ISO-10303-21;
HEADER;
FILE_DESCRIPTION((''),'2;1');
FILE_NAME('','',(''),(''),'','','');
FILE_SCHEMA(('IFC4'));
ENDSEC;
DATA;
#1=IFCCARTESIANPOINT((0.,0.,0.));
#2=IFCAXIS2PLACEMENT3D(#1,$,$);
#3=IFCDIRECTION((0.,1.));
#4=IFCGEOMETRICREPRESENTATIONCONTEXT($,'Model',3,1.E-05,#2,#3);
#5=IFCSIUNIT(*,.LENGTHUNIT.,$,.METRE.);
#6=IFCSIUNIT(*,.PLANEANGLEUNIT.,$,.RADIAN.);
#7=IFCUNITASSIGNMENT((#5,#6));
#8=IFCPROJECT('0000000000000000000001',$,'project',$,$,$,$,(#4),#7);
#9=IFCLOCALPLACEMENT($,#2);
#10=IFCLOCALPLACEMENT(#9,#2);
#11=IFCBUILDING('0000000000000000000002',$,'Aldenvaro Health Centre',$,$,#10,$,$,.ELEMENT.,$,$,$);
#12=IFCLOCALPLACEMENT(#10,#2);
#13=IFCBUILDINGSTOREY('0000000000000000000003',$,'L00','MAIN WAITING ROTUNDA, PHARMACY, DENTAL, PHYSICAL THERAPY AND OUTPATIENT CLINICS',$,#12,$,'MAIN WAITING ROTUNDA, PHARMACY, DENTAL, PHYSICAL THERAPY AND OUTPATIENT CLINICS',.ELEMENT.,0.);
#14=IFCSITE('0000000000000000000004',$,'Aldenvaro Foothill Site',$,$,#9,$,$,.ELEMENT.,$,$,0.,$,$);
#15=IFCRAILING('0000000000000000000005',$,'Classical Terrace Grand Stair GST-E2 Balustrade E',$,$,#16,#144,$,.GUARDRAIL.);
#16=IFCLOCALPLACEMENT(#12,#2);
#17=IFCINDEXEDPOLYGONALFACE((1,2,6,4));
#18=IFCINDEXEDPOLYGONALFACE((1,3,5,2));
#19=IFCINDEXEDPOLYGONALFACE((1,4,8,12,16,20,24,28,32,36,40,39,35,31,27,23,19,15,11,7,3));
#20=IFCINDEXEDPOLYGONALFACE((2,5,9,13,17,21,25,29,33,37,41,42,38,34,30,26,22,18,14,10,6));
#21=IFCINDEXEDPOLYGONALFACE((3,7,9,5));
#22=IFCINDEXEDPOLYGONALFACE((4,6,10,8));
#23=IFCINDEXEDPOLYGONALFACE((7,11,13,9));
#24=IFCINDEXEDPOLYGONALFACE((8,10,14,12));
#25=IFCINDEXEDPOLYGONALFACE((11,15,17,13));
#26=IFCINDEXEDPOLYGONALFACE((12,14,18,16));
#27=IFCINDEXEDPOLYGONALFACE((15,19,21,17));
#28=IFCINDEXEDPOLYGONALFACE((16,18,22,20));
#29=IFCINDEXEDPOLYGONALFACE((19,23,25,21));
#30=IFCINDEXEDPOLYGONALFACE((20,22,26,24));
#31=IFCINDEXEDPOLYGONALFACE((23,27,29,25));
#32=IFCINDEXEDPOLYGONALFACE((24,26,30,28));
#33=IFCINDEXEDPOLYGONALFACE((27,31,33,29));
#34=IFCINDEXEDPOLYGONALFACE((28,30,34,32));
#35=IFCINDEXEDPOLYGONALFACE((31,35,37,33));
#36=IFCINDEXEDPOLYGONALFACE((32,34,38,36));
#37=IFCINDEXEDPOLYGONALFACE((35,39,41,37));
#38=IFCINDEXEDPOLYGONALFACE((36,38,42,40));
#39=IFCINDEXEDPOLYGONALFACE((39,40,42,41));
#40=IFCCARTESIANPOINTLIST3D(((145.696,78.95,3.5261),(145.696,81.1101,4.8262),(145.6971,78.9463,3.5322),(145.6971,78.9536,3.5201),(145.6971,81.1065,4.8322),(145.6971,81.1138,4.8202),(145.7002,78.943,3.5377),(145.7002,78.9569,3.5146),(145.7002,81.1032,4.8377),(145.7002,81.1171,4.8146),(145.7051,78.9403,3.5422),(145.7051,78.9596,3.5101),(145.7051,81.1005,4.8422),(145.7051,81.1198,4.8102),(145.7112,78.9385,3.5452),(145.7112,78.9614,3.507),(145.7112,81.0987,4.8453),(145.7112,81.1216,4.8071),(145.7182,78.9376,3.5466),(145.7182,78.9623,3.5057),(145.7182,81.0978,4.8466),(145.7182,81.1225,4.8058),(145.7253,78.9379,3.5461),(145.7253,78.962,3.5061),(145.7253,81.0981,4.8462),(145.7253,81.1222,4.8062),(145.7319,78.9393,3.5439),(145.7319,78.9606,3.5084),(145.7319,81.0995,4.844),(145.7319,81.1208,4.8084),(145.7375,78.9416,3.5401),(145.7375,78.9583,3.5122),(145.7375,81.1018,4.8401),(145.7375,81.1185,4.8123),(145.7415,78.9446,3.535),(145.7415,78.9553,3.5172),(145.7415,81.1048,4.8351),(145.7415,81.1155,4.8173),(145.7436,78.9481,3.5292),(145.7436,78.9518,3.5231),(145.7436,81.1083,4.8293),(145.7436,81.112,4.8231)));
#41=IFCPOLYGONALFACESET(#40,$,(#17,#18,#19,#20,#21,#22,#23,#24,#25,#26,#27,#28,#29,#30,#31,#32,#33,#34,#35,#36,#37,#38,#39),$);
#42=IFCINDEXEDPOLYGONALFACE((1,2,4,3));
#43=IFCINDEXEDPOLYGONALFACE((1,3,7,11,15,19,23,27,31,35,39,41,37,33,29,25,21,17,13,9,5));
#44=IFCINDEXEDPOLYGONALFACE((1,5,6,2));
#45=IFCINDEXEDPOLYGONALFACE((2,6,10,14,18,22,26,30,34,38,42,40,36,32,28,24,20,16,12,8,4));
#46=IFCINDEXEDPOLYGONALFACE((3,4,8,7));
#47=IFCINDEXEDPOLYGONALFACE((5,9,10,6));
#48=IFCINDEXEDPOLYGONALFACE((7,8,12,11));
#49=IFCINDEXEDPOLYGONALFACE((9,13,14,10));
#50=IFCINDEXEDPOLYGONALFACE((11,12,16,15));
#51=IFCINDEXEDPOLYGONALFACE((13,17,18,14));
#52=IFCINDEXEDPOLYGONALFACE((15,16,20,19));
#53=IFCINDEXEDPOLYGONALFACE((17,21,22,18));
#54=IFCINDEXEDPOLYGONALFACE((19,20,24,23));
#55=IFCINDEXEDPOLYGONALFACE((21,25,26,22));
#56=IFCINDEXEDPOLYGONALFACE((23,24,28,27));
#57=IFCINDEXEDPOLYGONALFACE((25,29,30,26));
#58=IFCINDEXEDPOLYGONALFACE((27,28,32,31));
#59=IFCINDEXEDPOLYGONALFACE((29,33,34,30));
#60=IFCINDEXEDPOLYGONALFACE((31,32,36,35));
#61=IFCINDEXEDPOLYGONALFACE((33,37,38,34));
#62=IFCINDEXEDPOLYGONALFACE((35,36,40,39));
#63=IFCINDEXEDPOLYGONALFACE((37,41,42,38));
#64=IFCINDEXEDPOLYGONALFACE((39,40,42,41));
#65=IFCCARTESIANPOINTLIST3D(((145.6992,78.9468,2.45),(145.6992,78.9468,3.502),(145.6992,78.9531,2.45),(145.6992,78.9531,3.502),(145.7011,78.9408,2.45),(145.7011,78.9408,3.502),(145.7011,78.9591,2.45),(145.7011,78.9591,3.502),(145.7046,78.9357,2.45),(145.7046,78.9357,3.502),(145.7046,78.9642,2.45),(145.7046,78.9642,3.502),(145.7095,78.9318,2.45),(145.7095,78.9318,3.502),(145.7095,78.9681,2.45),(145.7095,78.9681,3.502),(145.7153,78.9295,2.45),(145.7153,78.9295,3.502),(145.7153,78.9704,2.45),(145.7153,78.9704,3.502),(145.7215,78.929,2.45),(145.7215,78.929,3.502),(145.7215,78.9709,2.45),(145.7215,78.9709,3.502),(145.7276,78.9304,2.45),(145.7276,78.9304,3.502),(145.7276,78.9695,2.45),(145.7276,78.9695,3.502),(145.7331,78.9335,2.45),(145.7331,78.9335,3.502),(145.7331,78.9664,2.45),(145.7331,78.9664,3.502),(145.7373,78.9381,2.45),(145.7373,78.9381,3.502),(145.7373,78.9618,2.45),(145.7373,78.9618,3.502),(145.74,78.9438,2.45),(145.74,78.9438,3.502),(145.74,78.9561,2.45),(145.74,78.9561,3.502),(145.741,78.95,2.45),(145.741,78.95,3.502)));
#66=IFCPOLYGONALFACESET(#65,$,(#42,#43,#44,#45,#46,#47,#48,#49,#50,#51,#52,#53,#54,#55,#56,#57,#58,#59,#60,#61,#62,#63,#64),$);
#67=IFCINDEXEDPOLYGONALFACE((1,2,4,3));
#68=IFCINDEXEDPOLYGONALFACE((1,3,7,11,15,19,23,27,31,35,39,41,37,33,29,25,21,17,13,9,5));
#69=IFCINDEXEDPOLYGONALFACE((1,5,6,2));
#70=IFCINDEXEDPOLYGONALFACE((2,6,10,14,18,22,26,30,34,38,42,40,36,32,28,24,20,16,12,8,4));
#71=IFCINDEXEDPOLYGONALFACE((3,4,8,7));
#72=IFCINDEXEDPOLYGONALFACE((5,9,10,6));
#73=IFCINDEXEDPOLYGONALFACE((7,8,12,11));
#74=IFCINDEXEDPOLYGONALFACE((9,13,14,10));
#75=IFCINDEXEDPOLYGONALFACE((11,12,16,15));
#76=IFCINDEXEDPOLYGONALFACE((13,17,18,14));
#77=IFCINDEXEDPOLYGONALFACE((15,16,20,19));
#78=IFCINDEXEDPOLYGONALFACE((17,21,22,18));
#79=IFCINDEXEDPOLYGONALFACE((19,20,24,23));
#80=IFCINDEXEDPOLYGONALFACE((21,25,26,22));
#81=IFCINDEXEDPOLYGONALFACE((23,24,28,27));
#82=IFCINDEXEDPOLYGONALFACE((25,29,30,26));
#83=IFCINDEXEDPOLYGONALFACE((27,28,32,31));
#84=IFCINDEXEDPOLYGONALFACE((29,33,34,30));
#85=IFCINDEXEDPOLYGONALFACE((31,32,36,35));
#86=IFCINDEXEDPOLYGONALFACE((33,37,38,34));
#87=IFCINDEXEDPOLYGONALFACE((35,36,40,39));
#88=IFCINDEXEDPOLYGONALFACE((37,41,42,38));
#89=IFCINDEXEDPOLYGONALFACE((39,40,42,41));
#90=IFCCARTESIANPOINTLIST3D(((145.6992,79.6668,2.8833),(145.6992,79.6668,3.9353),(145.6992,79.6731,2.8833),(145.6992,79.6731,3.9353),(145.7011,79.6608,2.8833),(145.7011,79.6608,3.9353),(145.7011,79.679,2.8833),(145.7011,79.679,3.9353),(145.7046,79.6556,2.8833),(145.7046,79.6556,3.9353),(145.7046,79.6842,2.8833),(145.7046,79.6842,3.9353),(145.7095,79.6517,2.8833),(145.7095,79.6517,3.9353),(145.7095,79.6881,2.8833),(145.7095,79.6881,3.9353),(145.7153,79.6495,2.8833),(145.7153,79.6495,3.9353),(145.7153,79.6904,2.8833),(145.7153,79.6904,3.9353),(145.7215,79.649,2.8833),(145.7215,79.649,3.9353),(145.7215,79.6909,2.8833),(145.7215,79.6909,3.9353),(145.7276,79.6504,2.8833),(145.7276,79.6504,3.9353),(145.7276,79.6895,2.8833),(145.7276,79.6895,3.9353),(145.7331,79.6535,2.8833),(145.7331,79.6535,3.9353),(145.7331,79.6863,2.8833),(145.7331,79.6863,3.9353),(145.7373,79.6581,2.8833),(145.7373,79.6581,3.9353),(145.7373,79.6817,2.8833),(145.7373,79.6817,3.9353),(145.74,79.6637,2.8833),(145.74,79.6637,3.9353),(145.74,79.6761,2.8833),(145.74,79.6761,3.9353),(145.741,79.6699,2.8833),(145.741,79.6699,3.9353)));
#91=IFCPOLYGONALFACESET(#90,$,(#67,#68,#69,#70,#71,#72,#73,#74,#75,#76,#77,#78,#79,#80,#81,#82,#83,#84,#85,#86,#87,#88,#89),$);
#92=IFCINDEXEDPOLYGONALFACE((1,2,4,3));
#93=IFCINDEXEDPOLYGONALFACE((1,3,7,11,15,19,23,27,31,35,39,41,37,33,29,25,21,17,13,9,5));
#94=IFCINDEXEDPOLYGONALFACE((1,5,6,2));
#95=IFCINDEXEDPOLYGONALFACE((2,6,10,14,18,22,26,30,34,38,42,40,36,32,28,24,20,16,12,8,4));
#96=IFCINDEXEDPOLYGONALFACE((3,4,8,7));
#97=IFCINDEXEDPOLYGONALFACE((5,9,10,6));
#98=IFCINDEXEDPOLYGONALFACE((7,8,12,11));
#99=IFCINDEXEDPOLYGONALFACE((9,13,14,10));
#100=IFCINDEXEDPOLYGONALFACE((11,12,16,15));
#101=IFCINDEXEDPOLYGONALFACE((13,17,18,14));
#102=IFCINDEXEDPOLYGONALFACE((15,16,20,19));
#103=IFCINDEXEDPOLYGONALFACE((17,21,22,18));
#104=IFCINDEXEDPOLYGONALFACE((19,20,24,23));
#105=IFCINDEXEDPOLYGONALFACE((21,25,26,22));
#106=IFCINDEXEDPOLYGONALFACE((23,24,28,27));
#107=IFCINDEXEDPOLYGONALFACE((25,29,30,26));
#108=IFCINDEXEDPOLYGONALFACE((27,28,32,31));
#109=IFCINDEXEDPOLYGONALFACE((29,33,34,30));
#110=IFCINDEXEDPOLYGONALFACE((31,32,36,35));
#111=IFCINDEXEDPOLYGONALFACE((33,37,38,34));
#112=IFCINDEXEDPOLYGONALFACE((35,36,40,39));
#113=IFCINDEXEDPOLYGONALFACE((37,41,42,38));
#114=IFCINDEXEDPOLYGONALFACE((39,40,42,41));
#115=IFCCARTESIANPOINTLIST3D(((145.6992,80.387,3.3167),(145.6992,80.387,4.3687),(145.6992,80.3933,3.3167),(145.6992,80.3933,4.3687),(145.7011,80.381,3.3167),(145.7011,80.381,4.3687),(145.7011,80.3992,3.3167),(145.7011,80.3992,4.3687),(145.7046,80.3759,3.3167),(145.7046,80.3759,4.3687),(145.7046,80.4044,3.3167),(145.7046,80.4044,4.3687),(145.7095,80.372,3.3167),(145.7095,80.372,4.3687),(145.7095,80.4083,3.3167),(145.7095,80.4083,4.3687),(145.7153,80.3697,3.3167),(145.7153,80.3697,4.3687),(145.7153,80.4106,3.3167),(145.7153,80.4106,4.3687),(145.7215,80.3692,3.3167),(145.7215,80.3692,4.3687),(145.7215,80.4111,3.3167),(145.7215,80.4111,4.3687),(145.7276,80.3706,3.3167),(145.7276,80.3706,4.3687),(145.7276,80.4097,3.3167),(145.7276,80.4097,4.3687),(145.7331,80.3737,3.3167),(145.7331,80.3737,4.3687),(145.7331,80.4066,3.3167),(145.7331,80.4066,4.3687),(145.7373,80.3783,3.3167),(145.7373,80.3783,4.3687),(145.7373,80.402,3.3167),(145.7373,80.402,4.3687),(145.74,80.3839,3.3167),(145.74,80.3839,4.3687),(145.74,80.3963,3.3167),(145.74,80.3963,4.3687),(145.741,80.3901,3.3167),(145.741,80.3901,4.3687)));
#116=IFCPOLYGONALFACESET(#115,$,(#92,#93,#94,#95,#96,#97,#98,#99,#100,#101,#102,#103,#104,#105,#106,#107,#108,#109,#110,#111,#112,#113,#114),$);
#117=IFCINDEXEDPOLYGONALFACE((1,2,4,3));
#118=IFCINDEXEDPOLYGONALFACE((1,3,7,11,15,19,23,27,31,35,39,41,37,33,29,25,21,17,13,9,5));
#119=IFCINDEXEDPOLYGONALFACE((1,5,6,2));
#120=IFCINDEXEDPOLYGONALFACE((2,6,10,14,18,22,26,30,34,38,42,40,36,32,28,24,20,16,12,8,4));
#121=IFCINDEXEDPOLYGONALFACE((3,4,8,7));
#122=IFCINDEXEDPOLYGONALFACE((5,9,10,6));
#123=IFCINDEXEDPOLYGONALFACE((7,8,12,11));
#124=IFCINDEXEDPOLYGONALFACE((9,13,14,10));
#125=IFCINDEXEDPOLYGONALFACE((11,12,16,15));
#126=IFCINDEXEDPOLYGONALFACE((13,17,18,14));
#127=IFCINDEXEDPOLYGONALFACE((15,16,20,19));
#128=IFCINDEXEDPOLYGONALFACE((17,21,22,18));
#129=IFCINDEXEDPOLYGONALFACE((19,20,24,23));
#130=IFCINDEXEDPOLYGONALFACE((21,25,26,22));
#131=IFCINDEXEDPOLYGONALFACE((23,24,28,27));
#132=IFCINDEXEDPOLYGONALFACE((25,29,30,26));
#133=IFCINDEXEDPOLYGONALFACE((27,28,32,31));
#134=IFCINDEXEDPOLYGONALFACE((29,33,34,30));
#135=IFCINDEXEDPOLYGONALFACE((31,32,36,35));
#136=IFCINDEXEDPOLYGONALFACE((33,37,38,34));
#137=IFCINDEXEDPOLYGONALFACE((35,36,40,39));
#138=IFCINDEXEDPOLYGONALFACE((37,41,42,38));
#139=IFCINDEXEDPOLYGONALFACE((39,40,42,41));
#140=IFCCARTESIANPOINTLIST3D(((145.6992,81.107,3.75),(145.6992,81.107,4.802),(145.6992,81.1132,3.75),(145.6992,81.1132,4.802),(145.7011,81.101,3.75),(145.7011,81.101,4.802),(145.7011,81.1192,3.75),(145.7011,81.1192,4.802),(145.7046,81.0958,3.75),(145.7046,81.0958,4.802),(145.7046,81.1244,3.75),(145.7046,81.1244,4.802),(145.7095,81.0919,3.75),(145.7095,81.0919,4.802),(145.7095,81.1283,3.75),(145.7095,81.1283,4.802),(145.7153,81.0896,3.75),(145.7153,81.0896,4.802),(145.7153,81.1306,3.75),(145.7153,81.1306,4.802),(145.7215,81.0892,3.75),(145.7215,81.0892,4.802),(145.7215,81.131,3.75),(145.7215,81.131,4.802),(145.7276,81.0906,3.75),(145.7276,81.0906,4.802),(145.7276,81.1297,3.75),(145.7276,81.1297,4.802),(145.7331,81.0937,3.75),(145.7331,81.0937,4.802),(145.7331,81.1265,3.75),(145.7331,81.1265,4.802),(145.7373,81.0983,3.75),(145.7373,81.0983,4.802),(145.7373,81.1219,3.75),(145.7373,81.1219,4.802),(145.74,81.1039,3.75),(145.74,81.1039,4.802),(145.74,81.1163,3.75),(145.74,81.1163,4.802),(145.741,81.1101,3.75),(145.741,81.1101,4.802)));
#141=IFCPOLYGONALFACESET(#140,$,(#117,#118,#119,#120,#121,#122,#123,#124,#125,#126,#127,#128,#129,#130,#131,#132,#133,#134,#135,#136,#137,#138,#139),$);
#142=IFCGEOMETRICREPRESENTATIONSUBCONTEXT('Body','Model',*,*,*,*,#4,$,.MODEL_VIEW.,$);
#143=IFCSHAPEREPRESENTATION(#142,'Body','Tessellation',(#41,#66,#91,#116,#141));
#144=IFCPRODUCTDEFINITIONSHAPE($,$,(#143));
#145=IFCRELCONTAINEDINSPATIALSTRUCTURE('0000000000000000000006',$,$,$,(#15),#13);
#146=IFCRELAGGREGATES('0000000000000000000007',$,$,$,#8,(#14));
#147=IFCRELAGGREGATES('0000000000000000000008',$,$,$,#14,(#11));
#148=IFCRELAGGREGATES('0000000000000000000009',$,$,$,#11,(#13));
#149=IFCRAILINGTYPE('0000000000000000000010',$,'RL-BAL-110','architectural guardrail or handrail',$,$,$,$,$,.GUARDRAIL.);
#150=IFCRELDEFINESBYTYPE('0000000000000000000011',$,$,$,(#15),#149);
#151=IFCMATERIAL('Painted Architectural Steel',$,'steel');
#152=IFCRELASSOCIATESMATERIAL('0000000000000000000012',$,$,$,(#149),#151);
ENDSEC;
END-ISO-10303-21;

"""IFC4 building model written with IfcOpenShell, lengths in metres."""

from ifc_helpers import new_model, si_unit, direction, frame, origin, origin_2d, place, context, subcontext, project, spatial, circle, extrude, material, type_object, element, save


model = new_model("IFC4")

# Units and contexts
model_context = context("Model", 3, precision=1e-05, world=origin(), true_north=direction((0.0, 1.0)))
body_context = subcontext(model_context, "Body", "Model", "MODEL_VIEW")
ifc_project = project(units=[si_unit("LENGTHUNIT", "METRE"), si_unit("PLANEANGLEUNIT", "RADIAN")], contexts=[model_context])

# Site, building, storey
site_placement = place(None, origin())
site = spatial("IfcSite", under=ifc_project, at=site_placement, Name="Aldenvaro Foothill Site", CompositionType="ELEMENT", RefElevation=0.0)
building_placement = place(site_placement, origin())
building = spatial("IfcBuilding", under=site, at=building_placement, Name="Aldenvaro Health Centre", CompositionType="ELEMENT")
storey_placement = place(building_placement, origin())
storey = spatial("IfcBuildingStorey", under=building, at=storey_placement, Name="L00", Description="MAIN WAITING ROTUNDA, PHARMACY, DENTAL, PHYSICAL THERAPY AND OUTPATIENT CLINICS", LongName="MAIN WAITING ROTUNDA, PHARMACY, DENTAL, PHYSICAL THERAPY AND OUTPATIENT CLINICS", CompositionType="ELEMENT", Elevation=0.0)

# Railing
ifc_material_1 = material(Name="Painted Architectural Steel", Category="steel")
railing_type_1 = type_object("IfcRailingType", Name="RL-BAL-110", Description="architectural guardrail or handrail", PredefinedType="GUARDRAIL", material=ifc_material_1)
for number, where, name in (
    (1, (145.72, 78.95, 2.45), "Classical Terrace Grand Stair GST-E2 Balustrade E"),
):
    element("IfcRailing", number, at=place(storey_placement, frame(where)), inside=storey, type_object=railing_type_1, Name=name, PredefinedType="GUARDRAIL", context=body_context, shape_type="SweptSolid", body=[
        extrude(circle(Radius=0.0239, at=origin_2d()), frame((0.0, 0.0, 1.0762), z_axis=(0.0, 0.8568, 0.515649), x_axis=(-1.0, 0.0, 0.0)), (0.0, 0.0, 1.0), 2.5212),
        extrude(circle(Radius=0.021, at=origin_2d()), origin(), (0.0, 0.0, 1.0), 1.052),
        extrude(circle(Radius=0.021, at=origin_2d()), frame((0.0, 0.72, 0.4333)), (0.0, 0.0, 1.0), 1.052),
        extrude(circle(Radius=0.021, at=origin_2d()), frame((0.0, 1.4402, 0.8667)), (0.0, 0.0, 1.0), 1.052),
        extrude(circle(Radius=0.021, at=origin_2d()), frame((0.0, 2.1602, 1.3)), (0.0, 0.0, 1.0), 1.052),
    ])

save(model, "model.ifc")
